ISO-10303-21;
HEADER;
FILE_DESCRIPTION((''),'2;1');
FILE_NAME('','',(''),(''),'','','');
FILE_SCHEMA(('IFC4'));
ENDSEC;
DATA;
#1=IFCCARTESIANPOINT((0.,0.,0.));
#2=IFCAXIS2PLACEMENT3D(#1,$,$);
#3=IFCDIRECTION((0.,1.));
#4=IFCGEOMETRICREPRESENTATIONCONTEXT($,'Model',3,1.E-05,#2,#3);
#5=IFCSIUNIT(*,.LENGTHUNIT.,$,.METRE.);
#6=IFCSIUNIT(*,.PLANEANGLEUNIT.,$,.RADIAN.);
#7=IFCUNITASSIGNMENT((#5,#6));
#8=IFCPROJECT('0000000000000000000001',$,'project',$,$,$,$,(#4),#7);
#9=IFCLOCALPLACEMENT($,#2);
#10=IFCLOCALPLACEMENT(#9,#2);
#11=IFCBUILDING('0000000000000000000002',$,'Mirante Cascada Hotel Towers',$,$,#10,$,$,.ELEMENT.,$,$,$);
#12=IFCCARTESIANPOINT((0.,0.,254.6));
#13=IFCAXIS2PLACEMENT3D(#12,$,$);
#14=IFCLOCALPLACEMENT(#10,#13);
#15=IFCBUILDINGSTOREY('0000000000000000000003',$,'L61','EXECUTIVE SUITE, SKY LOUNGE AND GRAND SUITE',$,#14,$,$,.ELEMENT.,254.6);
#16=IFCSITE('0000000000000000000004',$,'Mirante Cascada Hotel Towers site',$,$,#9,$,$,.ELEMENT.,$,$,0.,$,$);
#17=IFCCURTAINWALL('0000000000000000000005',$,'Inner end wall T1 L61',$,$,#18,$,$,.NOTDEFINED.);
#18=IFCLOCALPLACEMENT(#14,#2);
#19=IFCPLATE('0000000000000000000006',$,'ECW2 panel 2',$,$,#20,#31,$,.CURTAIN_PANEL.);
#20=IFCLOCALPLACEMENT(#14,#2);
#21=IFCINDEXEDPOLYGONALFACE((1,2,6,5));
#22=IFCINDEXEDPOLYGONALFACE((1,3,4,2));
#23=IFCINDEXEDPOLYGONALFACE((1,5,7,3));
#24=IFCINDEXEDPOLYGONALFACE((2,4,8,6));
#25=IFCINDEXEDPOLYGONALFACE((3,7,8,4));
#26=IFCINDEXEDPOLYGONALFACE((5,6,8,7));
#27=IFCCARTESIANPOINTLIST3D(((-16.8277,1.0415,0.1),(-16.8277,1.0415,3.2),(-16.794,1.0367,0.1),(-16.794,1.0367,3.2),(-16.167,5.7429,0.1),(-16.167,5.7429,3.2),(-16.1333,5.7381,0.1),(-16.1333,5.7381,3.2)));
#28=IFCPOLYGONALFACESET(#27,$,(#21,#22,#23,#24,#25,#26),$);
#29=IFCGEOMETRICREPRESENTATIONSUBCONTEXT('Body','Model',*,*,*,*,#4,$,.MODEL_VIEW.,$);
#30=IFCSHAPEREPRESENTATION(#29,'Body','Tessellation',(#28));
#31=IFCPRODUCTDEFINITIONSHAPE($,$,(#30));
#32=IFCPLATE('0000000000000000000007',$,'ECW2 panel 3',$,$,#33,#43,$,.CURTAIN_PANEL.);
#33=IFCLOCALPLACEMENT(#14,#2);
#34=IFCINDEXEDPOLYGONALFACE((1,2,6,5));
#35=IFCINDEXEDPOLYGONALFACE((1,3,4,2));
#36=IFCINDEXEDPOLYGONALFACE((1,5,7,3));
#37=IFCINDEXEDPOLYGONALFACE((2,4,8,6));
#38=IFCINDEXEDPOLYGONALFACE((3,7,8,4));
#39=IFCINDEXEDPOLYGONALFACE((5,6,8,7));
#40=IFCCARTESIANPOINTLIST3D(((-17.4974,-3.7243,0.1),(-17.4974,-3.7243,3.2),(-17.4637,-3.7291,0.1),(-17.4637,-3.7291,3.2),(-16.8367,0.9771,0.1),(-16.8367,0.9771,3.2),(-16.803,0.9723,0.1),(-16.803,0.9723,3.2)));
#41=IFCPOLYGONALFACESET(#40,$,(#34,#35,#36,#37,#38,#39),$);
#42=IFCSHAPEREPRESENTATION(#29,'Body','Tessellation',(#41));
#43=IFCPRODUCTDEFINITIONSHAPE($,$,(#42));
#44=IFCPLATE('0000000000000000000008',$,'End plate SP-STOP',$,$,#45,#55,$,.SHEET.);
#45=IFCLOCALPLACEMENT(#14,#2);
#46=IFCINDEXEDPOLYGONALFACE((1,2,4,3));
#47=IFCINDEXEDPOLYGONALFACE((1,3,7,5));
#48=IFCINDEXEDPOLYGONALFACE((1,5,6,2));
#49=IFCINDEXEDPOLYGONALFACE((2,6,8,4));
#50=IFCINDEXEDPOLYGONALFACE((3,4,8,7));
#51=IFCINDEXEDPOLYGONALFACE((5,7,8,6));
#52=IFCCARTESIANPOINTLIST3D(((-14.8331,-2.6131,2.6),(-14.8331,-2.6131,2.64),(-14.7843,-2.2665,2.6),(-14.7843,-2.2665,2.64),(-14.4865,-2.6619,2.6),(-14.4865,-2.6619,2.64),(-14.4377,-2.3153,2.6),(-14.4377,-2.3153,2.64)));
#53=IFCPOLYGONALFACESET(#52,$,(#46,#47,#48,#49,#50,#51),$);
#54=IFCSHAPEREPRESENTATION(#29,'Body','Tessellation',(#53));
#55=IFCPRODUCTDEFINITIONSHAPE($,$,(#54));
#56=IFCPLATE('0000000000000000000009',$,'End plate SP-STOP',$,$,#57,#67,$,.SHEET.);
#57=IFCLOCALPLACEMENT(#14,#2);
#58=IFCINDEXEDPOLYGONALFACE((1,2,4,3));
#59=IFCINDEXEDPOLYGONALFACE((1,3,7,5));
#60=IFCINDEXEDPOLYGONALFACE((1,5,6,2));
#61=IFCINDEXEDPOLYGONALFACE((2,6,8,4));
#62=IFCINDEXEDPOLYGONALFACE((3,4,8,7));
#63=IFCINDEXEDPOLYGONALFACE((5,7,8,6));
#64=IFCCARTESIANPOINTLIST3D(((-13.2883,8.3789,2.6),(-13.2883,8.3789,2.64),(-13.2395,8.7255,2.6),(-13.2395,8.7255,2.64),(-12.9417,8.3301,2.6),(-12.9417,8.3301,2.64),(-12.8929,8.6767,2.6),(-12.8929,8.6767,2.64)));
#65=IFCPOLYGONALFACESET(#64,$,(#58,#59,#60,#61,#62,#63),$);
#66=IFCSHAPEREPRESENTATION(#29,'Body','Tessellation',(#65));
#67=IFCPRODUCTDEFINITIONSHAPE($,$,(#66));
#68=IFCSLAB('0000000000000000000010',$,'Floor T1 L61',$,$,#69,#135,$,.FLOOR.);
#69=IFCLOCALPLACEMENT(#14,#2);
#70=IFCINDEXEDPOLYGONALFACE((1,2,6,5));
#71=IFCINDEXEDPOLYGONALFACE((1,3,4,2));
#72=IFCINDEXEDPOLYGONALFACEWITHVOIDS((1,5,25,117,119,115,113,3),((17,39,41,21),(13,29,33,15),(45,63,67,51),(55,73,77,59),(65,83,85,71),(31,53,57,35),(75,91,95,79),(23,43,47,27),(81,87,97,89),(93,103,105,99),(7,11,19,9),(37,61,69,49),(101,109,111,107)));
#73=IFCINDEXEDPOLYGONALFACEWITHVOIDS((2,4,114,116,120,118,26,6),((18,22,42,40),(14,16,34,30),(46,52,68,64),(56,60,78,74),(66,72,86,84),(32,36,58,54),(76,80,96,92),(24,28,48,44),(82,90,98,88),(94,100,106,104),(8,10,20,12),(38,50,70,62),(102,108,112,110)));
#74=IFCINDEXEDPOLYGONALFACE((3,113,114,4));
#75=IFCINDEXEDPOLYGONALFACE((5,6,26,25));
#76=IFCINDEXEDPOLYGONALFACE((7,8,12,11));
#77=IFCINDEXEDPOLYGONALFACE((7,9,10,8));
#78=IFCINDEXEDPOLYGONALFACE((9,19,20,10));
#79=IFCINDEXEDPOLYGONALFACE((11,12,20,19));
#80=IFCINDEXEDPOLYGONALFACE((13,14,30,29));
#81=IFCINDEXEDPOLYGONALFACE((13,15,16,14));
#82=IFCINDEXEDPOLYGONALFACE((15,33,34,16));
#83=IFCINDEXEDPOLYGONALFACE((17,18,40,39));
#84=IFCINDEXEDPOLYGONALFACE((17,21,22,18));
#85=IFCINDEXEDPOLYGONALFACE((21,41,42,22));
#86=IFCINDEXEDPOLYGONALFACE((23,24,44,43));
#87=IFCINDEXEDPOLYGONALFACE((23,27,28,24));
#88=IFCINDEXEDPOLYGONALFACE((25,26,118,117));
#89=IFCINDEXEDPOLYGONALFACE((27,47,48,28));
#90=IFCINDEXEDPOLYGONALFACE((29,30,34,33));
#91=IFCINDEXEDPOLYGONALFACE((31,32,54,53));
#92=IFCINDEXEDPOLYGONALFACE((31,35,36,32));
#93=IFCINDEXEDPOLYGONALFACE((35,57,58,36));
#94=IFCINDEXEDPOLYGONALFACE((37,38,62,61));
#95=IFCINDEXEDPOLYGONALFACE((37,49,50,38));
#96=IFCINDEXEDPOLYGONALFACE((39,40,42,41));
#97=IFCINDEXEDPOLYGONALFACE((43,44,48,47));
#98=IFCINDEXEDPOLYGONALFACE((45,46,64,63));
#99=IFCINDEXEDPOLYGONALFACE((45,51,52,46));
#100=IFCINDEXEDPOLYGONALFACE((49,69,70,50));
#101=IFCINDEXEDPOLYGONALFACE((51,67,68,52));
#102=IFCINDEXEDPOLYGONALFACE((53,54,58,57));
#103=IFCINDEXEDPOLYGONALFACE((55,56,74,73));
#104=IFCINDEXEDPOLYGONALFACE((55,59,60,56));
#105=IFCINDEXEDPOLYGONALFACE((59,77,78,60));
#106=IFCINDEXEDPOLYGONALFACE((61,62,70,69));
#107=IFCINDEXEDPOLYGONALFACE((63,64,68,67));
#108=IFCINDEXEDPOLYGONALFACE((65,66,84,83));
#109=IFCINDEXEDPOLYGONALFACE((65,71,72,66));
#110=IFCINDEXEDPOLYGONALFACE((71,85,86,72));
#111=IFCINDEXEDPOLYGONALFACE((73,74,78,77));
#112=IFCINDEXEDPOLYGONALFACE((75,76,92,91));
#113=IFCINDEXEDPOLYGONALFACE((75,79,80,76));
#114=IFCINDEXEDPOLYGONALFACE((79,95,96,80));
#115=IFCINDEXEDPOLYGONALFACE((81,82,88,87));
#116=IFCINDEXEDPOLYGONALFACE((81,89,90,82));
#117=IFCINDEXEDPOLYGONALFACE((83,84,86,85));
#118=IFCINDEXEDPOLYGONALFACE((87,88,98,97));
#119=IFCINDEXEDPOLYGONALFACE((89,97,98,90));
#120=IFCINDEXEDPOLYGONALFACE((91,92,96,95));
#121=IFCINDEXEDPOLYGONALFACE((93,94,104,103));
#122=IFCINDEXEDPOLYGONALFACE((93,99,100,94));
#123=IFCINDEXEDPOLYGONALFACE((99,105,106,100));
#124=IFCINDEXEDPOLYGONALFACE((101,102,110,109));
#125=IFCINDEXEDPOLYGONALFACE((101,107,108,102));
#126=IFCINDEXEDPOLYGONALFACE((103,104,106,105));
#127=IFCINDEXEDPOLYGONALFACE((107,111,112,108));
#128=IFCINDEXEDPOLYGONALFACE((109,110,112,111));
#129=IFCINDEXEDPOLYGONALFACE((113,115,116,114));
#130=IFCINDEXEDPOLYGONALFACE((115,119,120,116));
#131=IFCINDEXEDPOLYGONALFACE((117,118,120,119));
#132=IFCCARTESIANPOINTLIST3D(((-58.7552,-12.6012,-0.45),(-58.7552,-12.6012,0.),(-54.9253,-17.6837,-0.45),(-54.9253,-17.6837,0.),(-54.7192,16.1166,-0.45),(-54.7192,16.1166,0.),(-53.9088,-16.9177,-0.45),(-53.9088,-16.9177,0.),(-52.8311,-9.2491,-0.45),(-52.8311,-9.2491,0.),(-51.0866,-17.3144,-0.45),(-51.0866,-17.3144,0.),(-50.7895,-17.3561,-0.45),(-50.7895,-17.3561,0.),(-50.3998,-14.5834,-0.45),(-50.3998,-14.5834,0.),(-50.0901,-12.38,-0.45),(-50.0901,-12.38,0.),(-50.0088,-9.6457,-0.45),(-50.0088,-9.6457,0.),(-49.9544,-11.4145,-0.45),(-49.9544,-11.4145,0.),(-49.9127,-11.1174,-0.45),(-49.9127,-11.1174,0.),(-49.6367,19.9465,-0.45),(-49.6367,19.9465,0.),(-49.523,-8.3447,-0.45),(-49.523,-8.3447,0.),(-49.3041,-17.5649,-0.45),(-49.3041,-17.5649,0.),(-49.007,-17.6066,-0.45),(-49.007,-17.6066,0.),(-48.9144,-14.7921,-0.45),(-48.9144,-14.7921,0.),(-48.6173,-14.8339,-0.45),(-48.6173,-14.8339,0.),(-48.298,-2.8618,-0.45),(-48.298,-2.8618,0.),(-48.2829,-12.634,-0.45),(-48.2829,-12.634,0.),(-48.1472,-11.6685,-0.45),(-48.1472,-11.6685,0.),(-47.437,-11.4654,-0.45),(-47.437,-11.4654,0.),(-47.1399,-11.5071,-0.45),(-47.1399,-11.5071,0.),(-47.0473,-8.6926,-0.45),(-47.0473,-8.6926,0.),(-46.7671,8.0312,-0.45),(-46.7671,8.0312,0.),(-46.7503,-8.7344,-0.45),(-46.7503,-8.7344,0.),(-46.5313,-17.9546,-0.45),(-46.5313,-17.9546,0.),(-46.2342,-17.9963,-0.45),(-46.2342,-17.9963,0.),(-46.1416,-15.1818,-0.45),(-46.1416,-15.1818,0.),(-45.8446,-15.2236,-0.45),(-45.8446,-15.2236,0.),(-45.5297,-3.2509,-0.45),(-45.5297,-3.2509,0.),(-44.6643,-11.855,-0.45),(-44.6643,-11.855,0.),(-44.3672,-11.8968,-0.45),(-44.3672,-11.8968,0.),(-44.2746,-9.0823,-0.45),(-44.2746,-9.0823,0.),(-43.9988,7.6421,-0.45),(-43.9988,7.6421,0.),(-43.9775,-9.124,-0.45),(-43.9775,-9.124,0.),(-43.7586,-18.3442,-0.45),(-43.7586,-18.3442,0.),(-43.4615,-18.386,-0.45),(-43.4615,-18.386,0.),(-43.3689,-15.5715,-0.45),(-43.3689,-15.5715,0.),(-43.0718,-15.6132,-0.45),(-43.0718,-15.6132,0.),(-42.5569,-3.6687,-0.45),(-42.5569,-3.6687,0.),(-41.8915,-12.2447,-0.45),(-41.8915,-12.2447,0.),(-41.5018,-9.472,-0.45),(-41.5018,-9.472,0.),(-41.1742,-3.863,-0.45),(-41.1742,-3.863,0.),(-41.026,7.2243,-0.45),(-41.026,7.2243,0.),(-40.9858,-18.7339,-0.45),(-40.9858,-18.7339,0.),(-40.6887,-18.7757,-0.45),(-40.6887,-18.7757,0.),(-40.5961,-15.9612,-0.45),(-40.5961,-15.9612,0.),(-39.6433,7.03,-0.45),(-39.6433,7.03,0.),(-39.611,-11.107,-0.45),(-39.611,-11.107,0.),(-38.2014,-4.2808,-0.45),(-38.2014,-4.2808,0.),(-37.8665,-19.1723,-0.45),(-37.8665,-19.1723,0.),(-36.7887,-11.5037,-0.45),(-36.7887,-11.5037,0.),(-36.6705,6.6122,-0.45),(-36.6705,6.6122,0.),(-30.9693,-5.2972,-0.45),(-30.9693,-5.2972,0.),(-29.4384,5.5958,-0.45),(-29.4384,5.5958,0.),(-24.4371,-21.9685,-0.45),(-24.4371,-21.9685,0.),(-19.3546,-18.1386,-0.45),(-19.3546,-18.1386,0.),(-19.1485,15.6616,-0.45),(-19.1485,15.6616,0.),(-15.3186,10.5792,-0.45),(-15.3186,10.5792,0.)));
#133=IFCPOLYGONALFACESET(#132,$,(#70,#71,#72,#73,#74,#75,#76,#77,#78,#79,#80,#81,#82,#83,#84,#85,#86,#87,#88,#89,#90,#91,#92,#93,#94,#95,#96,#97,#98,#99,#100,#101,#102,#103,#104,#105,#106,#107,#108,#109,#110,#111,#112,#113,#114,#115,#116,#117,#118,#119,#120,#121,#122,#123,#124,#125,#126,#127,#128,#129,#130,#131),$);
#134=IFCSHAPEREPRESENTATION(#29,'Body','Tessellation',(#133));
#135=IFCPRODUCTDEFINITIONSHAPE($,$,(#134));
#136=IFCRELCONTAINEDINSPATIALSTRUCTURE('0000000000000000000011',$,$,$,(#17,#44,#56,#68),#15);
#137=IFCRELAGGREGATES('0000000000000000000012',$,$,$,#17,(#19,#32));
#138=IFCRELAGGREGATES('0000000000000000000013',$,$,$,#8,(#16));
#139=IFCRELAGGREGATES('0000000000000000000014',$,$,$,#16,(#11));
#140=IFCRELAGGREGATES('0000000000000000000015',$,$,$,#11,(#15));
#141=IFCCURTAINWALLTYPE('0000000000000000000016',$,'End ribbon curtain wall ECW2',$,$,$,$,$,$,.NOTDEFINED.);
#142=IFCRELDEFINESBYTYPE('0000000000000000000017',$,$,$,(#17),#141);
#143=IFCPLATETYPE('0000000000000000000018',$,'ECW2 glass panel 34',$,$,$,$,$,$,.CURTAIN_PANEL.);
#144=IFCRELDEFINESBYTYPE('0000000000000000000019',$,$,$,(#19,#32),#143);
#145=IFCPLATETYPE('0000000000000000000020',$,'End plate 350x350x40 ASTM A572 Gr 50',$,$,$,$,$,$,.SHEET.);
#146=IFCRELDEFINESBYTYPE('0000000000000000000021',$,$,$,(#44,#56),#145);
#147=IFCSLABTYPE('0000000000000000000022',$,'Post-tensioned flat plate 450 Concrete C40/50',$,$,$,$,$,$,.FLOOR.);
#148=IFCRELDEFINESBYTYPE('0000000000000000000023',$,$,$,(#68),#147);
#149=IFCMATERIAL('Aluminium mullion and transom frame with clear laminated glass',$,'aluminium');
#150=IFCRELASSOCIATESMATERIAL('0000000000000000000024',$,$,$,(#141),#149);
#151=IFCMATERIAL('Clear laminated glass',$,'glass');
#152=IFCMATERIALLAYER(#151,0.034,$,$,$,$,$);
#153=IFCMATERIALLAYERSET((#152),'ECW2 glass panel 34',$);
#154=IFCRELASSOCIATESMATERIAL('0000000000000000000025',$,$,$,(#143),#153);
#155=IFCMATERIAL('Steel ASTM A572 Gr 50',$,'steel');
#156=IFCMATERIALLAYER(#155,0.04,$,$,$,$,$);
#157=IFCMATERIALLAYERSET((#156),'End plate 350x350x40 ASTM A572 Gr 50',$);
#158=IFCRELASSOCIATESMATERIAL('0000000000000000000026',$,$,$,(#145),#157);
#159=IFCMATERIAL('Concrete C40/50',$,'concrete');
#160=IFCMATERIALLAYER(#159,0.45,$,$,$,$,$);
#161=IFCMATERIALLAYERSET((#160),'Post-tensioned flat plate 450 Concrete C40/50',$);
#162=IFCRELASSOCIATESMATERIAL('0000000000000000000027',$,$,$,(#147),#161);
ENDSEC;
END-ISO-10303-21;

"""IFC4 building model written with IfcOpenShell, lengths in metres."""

from ifc_helpers import new_model, si_unit, direction, frame, origin, origin_2d, place, context, subcontext, project, spatial, polyline, rectangle, outline, extrude, material, layer, layer_set, type_object, element, aggregate, save


model = new_model("IFC4")

# Units and contexts
model_context = context("Model", 3, precision=1e-05, world=origin(), true_north=direction((0.0, 1.0)))
body_context = subcontext(model_context, "Body", "Model", "MODEL_VIEW")
ifc_project = project(units=[si_unit("LENGTHUNIT", "METRE"), si_unit("PLANEANGLEUNIT", "RADIAN")], contexts=[model_context])

# Site, building, storey
site_placement = place(None, origin())
site = spatial("IfcSite", under=ifc_project, at=site_placement, Name="Mirante Cascada Hotel Towers site", CompositionType="ELEMENT", RefElevation=0.0)
building_placement = place(site_placement, origin())
building = spatial("IfcBuilding", under=site, at=building_placement, Name="Mirante Cascada Hotel Towers", CompositionType="ELEMENT")
storey_placement = place(building_placement, frame((0.0, 0.0, 254.6)))
storey = spatial("IfcBuildingStorey", under=building, at=storey_placement, Name="L61", Description="EXECUTIVE SUITE, SKY LOUNGE AND GRAND SUITE", CompositionType="ELEMENT", Elevation=254.6)

# Curtain wall
ifc_material_1 = material(Name="Aluminium mullion and transom frame with clear laminated glass", Category="aluminium")
curtain_wall_type = type_object("IfcCurtainWallType", Name="End ribbon curtain wall ECW2", PredefinedType="NOTDEFINED", material=ifc_material_1)
curtain_wall_placement = place(storey_placement, origin())
curtain_wall = element("IfcCurtainWall", 1, at=curtain_wall_placement, inside=storey, type_object=curtain_wall_type, Name="Inner end wall T1 L61", PredefinedType="NOTDEFINED")

# Plates
ifc_material_2 = material(Name="Clear laminated glass", Category="glass")
ifc_layer_1 = layer(ifc_material_2, 0.034)
ifc_layer_set_1 = layer_set([ifc_layer_1], Name="ECW2 glass panel 34")
plate_type_1 = type_object("IfcPlateType", Name="ECW2 glass panel 34", PredefinedType="CURTAIN_PANEL", material=ifc_layer_set_1)
plate_1_placement = place(storey_placement, frame((-16.4805, 3.3898, 0.1), z_axis=(0.0, 0.0, 1.0), x_axis=(-0.139173, -0.990268, 0.0)))
plate_1 = element("IfcPlate", 2, at=plate_1_placement, type_object=plate_type_1, Name="ECW2 panel 2", PredefinedType="CURTAIN_PANEL", context=body_context, shape_type="SweptSolid", body=[
    extrude(rectangle(XDim=4.7476, YDim=0.034, at=origin_2d()), origin(), (0.0, 0.0, 1.0), 3.1),
])
plate_2_placement = place(storey_placement, frame((-17.1502, -1.376, 0.1), z_axis=(0.0, 0.0, 1.0), x_axis=(-0.139173, -0.990268, 0.0)))
plate_2 = element("IfcPlate", 3, at=plate_2_placement, type_object=plate_type_1, Name="ECW2 panel 3", PredefinedType="CURTAIN_PANEL", context=body_context, shape_type="SweptSolid", body=[
    extrude(rectangle(XDim=4.7476, YDim=0.034, at=origin_2d()), origin(), (0.0, 0.0, 1.0), 3.1),
])
aggregate(curtain_wall, [plate_1, plate_2])

# Plates
ifc_material_3 = material(Name="Steel ASTM A572 Gr 50", Category="steel")
ifc_layer_2 = layer(ifc_material_3, 0.04)
ifc_layer_set_2 = layer_set([ifc_layer_2], Name="End plate 350x350x40 ASTM A572 Gr 50")
plate_type_2 = type_object("IfcPlateType", Name="End plate 350x350x40 ASTM A572 Gr 50", PredefinedType="SHEET", material=ifc_layer_set_2)
for number, where, z_axis, x_axis, name in (
    (4, (-14.6354, -2.4642, 2.6), (0.0, 0.0, 1.0), (-0.990268, 0.139173, 0.0), "End plate SP-STOP"),
    (5, (-13.0906, 8.5278, 2.6), (0.0, 0.0, 1.0), (-0.990268, 0.139173, 0.0), "End plate SP-STOP"),
):
    element("IfcPlate", number, at=place(storey_placement, frame(where, z_axis=z_axis, x_axis=x_axis)), inside=storey, type_object=plate_type_2, Name=name, PredefinedType="SHEET", context=body_context, shape_type="SweptSolid", body=[
        extrude(rectangle(XDim=0.35, YDim=0.35, at=origin_2d()), origin(), (0.0, 0.0, 1.0), 0.04),
    ])

# Slab
ifc_material_4 = material(Name="Concrete C40/50", Category="concrete")
ifc_layer_3 = layer(ifc_material_4, 0.45)
ifc_layer_set_3 = layer_set([ifc_layer_3], Name="Post-tensioned flat plate 450 Concrete C40/50")
slab_type = type_object("IfcSlabType", Name="Post-tensioned flat plate 450 Concrete C40/50", PredefinedType="FLOOR", material=ifc_layer_set_3)
slab_1_placement = place(storey_placement, frame((0.0, 0.0, -0.45)))
element("IfcSlab", 6, at=slab_1_placement, inside=storey, type_object=slab_type, Name="Floor T1 L61", PredefinedType="FLOOR", context=body_context, shape_type="SweptSolid", body=[
    extrude(outline(polyline([(-19.3546, -18.1386), (-15.3186, 10.5792), (-19.1485, 15.6616), (-49.6367, 19.9465), (-54.7192, 16.1166), (-58.7552, -12.6012), (-54.9253, -17.6837), (-24.4371, -21.9685), (-19.3546, -18.1386)]), holes=[polyline([(-40.5961, -15.9612), (-40.9858, -18.7339), (-43.4615, -18.386), (-43.0718, -15.6132), (-40.5961, -15.9612)]), polyline([(-43.3689, -15.5715), (-43.7586, -18.3442), (-46.2342, -17.9963), (-45.8446, -15.2236), (-43.3689, -15.5715)]), polyline([(-37.8665, -19.1723), (-40.6887, -18.7757), (-39.611, -11.107), (-36.7887, -11.5037), (-37.8665, -19.1723)]), polyline([(-43.9775, -9.124), (-41.5018, -9.472), (-41.8915, -12.2447), (-44.3672, -11.8968), (-43.9775, -9.124)]), polyline([(-46.7503, -8.7344), (-44.2746, -9.0823), (-44.6643, -11.855), (-47.1399, -11.5071), (-46.7503, -8.7344)]), polyline([(-38.2014, -4.2808), (-36.6705, 6.6122), (-29.4384, 5.5958), (-30.9693, -5.2972), (-38.2014, -4.2808)]), polyline([(-42.5569, -3.6687), (-42.5569, -3.6687), (-41.026, 7.2243), (-39.6433, 7.03), (-41.1742, -3.863), (-41.1742, -3.863), (-42.5569, -3.6687)]), polyline([(-48.298, -2.8618), (-46.7671, 8.0312), (-43.9988, 7.6421), (-45.5297, -3.2509), (-45.5297, -3.2509), (-48.298, -2.8618)]), polyline([(-48.6173, -14.8339), (-46.1416, -15.1818), (-46.5313, -17.9546), (-49.007, -17.6066), (-48.6173, -14.8339)]), polyline([(-50.3998, -14.5834), (-48.9144, -14.7921), (-49.3041, -17.5649), (-50.7895, -17.3561), (-50.3998, -14.5834)]), polyline([(-51.0866, -17.3144), (-53.9088, -16.9177), (-52.8311, -9.2491), (-50.0088, -9.6457), (-51.0866, -17.3144)]), polyline([(-49.9544, -11.4145), (-48.1472, -11.6685), (-48.2829, -12.634), (-50.0901, -12.38), (-49.9544, -11.4145)]), polyline([(-49.523, -8.3447), (-47.0473, -8.6926), (-47.437, -11.4654), (-49.9127, -11.1174), (-49.523, -8.3447)])]), origin(), (0.0, 0.0, 1.0), 0.45),
])

save(model, "model.ifc")
